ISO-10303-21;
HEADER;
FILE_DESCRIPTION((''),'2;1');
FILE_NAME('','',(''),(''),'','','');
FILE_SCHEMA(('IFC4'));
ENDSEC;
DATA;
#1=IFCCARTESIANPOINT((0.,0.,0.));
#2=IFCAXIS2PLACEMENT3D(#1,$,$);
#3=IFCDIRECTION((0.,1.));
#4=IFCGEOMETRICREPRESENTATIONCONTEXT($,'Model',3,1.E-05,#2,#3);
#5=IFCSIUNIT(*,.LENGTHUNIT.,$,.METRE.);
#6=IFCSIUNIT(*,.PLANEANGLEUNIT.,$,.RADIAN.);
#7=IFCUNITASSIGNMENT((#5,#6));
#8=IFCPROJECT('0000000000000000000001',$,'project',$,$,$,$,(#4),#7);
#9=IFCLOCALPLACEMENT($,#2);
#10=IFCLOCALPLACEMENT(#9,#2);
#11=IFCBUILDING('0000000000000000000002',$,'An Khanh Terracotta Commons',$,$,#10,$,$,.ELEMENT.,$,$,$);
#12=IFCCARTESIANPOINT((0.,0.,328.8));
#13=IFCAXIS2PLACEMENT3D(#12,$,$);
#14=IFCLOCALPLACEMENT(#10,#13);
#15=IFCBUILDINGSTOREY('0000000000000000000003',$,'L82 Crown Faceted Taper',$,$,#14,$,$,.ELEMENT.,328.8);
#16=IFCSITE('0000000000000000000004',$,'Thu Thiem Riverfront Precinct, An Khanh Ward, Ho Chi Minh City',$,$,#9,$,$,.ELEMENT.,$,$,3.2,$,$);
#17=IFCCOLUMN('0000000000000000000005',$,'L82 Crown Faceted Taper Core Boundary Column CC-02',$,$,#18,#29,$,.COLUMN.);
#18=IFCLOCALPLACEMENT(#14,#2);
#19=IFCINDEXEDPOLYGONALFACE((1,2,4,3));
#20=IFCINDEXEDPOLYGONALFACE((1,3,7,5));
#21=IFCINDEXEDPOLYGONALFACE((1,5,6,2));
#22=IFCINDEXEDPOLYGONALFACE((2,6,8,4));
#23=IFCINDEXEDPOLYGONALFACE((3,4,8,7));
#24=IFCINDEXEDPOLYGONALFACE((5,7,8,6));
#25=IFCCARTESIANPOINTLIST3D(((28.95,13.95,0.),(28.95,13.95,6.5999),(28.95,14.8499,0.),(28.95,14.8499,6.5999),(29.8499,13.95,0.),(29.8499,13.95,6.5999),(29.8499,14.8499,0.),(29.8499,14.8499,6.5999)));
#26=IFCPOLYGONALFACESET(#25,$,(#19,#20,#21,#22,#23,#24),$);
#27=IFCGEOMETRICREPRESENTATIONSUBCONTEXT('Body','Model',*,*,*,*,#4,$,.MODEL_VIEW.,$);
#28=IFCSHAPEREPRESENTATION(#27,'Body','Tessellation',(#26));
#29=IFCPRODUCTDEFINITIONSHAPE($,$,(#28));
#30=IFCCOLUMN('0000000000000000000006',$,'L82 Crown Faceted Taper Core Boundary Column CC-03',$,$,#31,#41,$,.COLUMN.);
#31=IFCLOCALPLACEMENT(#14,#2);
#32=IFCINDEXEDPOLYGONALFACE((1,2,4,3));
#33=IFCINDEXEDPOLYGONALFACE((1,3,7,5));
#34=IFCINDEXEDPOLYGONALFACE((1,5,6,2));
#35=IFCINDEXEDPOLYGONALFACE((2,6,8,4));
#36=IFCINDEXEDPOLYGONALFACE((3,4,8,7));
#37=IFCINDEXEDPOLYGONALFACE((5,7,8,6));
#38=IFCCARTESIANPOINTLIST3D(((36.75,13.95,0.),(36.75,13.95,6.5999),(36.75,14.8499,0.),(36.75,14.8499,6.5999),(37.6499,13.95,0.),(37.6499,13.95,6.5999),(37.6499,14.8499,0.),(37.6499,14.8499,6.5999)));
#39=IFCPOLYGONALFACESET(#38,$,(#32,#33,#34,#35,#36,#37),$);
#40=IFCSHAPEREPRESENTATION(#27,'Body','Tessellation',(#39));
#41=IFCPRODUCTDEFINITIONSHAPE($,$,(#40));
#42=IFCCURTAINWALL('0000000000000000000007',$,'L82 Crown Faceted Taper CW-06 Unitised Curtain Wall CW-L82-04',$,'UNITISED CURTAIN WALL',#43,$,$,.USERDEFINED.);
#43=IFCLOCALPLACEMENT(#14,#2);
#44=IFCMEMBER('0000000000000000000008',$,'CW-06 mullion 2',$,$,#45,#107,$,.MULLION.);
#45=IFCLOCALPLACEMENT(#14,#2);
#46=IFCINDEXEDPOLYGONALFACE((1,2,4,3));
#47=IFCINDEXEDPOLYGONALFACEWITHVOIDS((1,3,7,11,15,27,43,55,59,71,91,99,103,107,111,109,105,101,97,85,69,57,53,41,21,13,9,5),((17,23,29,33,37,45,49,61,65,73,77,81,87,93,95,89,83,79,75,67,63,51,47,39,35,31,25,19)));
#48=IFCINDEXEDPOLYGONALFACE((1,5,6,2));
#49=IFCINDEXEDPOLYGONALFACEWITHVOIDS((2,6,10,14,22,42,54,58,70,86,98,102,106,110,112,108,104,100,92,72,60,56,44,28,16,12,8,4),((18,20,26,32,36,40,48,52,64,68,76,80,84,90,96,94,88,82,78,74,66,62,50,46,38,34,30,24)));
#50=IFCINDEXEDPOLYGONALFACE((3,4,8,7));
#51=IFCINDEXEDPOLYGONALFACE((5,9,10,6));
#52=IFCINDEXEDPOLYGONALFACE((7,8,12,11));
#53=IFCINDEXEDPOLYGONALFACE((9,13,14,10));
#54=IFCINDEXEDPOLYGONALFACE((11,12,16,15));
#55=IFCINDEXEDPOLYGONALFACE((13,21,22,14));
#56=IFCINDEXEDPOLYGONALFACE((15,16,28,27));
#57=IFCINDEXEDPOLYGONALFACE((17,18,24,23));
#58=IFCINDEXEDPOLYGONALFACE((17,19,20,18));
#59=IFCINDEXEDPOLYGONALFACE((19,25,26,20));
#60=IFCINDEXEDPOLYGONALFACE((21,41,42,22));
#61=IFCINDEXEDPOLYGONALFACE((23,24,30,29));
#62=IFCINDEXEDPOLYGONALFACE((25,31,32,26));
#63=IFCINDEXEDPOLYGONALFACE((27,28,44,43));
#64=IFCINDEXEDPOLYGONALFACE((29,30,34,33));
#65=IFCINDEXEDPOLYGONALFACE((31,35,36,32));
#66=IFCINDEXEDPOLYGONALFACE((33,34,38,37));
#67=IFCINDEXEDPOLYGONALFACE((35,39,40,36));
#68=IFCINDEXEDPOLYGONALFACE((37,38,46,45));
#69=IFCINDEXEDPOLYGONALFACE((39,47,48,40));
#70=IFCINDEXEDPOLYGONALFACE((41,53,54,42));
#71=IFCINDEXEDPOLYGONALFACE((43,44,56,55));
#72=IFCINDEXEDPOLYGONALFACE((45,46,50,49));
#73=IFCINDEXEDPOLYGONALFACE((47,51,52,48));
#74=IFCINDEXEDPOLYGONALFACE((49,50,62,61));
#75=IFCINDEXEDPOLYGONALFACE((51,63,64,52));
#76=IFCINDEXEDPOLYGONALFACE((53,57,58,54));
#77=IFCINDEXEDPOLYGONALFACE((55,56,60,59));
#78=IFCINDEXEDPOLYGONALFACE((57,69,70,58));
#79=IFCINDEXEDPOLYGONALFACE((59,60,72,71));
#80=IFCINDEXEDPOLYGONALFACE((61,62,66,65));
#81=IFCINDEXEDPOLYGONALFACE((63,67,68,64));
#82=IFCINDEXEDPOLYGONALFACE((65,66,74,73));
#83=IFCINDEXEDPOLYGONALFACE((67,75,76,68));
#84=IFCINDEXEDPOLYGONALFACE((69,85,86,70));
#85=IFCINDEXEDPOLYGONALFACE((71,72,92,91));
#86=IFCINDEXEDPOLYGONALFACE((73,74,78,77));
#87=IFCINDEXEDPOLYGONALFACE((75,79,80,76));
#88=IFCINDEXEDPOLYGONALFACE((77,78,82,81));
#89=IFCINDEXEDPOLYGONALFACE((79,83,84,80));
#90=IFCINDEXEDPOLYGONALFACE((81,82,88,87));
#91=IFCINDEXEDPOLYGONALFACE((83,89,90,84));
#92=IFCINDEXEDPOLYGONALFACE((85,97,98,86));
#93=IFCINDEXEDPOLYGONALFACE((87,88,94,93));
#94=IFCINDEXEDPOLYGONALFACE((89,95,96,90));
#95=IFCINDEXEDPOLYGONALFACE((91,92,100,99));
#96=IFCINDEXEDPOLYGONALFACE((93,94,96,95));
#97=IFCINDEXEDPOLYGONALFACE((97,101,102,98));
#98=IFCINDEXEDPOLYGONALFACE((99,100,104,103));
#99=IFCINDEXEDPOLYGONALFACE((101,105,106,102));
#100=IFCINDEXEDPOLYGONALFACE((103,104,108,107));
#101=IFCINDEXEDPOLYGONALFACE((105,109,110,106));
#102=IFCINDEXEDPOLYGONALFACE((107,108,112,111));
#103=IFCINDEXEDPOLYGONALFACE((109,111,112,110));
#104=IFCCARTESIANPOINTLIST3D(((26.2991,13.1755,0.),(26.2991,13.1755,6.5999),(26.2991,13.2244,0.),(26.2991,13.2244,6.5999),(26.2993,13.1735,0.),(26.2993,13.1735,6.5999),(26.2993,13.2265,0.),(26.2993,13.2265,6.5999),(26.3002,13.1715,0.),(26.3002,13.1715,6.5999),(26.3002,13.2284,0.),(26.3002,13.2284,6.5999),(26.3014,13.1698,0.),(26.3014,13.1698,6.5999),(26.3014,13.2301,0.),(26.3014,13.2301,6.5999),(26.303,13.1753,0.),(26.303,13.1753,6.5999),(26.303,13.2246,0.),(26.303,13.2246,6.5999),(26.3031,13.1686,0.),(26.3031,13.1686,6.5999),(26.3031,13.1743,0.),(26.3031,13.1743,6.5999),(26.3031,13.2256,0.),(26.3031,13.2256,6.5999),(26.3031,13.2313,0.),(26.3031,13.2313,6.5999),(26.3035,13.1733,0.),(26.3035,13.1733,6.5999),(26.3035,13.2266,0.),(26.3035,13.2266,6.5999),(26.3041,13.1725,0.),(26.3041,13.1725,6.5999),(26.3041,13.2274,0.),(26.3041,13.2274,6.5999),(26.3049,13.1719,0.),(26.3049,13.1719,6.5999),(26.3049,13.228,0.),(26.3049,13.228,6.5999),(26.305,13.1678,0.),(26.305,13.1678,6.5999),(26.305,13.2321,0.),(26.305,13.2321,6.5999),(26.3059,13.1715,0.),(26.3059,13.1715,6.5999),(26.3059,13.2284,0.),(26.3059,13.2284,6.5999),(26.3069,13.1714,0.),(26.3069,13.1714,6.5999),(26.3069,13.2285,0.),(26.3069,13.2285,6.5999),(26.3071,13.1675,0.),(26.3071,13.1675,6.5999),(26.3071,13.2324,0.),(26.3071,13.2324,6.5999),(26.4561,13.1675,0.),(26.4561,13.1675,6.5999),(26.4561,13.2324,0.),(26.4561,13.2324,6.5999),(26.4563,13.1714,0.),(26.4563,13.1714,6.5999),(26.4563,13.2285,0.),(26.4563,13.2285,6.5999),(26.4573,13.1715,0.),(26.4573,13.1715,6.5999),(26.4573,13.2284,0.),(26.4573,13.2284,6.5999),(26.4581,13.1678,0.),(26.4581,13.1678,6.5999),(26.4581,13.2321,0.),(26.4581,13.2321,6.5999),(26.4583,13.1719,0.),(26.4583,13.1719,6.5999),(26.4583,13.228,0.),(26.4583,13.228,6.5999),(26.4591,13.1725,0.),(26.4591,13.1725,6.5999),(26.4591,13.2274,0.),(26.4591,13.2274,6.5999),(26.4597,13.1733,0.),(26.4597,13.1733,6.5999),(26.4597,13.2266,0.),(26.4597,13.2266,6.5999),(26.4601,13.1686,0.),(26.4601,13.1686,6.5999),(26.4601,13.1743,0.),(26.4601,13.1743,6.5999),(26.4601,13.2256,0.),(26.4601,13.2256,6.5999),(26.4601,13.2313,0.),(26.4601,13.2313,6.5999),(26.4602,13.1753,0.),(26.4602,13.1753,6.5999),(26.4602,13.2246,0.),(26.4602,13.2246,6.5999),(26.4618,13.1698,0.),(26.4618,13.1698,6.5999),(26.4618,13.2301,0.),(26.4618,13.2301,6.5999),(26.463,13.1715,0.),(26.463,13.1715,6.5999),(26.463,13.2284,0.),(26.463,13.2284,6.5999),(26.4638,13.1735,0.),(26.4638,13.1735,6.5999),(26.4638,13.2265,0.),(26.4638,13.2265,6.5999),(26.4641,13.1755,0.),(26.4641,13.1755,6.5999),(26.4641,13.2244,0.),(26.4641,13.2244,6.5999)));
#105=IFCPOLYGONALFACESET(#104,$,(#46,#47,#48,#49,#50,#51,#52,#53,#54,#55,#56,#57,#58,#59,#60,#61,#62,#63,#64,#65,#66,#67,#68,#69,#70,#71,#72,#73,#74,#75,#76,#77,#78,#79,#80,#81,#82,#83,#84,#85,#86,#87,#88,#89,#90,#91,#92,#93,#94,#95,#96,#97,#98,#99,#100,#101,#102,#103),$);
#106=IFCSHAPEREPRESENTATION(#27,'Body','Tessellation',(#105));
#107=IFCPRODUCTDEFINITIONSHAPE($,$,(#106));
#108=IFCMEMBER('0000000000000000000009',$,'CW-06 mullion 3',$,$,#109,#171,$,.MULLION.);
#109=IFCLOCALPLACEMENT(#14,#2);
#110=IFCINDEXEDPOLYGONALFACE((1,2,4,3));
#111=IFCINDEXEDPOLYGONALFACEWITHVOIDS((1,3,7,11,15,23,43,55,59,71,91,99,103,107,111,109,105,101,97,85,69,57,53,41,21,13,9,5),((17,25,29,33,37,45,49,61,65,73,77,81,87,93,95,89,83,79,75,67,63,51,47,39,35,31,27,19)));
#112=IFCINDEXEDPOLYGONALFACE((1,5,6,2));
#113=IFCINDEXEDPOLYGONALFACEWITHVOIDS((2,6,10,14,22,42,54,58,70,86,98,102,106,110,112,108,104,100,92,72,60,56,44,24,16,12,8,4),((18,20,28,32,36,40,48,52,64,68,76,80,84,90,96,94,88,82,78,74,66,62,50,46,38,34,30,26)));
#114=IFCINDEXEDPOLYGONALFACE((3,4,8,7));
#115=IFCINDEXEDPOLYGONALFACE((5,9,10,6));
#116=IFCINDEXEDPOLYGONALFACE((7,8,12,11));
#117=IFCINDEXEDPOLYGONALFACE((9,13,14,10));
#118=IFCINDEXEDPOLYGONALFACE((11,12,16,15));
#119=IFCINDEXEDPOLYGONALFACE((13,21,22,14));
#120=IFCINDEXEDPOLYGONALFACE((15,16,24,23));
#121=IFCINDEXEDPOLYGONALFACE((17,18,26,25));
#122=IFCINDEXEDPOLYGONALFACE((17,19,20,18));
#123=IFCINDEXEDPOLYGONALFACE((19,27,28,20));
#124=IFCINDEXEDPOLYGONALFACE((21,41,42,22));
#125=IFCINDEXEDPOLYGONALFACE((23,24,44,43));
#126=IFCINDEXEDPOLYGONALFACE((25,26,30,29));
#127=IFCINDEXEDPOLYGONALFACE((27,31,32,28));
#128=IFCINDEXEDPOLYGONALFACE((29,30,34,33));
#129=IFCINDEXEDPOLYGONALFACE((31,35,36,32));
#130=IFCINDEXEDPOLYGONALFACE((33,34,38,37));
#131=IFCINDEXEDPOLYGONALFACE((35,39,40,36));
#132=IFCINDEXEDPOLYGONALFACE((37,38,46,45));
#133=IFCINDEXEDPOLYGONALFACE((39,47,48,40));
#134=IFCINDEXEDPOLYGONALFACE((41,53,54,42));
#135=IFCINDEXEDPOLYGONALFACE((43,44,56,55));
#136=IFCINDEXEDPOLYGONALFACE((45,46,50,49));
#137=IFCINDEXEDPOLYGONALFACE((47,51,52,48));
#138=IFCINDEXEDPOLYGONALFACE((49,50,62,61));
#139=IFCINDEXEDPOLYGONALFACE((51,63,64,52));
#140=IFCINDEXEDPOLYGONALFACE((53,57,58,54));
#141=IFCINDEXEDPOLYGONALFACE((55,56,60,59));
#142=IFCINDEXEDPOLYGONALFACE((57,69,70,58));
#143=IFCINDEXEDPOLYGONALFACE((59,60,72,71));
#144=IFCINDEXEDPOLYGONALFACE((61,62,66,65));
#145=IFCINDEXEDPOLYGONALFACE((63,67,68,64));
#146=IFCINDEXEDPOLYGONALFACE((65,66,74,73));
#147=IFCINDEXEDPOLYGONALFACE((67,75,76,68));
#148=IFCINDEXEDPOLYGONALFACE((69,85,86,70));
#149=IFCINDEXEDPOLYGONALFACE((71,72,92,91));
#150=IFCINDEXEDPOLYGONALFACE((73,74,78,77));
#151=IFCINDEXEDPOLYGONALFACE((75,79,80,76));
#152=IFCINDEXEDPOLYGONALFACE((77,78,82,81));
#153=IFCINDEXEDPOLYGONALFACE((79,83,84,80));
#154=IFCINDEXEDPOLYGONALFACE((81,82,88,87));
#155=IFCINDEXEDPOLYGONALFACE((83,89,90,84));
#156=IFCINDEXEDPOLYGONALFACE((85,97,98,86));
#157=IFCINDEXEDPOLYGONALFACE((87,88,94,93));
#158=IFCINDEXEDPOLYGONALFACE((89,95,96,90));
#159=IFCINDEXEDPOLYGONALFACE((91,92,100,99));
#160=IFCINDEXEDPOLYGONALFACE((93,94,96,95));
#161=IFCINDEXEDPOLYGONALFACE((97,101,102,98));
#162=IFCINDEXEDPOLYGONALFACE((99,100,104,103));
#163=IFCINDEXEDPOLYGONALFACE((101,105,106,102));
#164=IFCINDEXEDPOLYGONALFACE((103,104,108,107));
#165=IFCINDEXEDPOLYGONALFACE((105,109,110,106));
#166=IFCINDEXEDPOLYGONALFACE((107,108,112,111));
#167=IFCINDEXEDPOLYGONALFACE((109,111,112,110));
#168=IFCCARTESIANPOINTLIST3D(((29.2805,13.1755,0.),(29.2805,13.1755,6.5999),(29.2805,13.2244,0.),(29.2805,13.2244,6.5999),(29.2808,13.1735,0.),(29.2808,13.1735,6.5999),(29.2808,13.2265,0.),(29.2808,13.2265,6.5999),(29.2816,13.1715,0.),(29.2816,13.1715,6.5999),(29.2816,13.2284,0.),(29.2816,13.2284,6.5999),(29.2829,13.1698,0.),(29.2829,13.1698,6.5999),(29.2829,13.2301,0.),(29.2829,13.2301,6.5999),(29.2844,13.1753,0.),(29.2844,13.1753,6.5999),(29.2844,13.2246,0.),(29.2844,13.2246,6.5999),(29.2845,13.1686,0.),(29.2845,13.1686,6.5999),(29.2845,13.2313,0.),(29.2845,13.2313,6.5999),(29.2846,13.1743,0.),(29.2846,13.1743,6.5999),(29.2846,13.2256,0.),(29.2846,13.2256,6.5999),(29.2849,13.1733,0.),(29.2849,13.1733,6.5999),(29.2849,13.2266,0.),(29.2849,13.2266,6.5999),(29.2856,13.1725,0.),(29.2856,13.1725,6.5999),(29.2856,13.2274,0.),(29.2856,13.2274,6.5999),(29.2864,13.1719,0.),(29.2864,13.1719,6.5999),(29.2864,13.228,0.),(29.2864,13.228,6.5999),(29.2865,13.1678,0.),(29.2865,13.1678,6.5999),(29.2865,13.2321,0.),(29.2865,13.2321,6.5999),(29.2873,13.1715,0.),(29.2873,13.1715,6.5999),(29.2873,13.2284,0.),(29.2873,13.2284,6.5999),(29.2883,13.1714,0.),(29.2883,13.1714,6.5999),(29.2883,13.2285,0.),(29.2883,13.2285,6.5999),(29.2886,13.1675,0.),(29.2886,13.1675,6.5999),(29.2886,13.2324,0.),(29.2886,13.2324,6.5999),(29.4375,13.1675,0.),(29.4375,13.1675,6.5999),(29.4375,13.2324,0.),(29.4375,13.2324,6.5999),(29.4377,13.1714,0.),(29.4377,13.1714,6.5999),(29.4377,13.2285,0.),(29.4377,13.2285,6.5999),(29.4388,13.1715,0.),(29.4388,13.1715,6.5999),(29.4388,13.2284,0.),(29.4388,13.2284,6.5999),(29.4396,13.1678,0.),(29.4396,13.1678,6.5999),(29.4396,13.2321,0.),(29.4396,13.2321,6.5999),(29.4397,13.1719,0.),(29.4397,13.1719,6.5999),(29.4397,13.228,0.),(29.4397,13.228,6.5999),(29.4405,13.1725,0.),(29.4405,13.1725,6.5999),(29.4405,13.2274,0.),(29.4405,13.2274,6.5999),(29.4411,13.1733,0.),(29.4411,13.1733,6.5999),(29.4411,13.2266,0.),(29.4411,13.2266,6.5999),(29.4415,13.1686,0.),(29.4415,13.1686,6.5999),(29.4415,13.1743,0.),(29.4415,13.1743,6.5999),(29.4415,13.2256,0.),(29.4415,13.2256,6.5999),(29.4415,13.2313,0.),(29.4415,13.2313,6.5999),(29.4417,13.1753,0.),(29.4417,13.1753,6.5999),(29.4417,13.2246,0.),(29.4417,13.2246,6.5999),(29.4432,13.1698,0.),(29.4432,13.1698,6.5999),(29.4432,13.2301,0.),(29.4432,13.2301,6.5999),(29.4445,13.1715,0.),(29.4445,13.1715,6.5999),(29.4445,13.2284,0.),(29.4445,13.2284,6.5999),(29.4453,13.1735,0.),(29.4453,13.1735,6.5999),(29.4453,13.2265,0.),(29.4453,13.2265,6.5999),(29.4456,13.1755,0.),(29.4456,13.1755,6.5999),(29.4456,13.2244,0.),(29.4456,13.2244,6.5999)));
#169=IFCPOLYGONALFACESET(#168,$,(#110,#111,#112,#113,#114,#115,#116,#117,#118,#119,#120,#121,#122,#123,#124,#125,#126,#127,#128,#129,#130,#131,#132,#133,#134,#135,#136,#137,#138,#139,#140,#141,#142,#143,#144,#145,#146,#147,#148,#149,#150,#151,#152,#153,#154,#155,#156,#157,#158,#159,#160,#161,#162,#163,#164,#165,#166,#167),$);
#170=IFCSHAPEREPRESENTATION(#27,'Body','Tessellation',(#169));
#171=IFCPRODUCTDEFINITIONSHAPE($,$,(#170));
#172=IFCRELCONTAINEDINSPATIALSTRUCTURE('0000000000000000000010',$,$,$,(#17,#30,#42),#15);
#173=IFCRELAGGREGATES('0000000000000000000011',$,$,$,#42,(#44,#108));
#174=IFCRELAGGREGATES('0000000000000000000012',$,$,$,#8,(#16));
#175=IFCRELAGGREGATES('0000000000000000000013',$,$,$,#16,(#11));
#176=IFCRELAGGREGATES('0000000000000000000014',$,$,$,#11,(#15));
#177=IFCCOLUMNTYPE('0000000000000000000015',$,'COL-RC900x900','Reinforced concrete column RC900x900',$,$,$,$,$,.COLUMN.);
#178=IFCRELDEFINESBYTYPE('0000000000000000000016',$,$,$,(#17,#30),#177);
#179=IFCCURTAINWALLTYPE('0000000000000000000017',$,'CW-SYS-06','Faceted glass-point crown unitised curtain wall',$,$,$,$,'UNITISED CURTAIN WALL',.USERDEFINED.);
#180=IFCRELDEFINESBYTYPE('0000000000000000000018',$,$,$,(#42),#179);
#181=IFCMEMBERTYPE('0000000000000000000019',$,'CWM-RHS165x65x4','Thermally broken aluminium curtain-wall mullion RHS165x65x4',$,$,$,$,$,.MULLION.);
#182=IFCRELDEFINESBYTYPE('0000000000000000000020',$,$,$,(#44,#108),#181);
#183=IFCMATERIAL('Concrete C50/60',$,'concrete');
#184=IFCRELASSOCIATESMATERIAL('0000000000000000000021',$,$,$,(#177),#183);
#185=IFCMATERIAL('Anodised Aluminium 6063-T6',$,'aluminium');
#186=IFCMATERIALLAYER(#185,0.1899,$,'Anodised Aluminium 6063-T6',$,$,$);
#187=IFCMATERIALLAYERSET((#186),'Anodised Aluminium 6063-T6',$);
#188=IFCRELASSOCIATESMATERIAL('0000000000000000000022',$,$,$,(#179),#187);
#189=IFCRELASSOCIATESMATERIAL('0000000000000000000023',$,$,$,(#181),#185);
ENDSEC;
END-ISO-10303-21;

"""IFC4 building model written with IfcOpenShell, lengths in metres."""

from ifc_helpers import new_model, si_unit, direction, frame, origin, origin_2d, place, context, subcontext, project, spatial, rectangle, hollow_rectangle, extrude, material, layer, layer_set, material_profile, profile_set, type_object, element, aggregate, save


model = new_model("IFC4")

# Units and contexts
model_context = context("Model", 3, precision=1e-05, world=origin(), true_north=direction((0.0, 1.0)))
body_context = subcontext(model_context, "Body", "Model", "MODEL_VIEW")
ifc_project = project(units=[si_unit("LENGTHUNIT", "METRE"), si_unit("PLANEANGLEUNIT", "RADIAN")], contexts=[model_context])

# Site, building, storey
site_placement = place(None, origin())
site = spatial("IfcSite", under=ifc_project, at=site_placement, Name="Thu Thiem Riverfront Precinct, An Khanh Ward, Ho Chi Minh City", CompositionType="ELEMENT", RefElevation=3.2)
building_placement = place(site_placement, origin())
building = spatial("IfcBuilding", under=site, at=building_placement, Name="An Khanh Terracotta Commons", CompositionType="ELEMENT")
storey_placement = place(building_placement, frame((0.0, 0.0, 328.8)))
storey = spatial("IfcBuildingStorey", under=building, at=storey_placement, Name="L82 Crown Faceted Taper", CompositionType="ELEMENT", Elevation=328.8)

# Columns
ifc_material_1 = material(Name="Concrete C50/60", Category="concrete")
ifc_material_profile_1 = material_profile(ifc_material_1, rectangle(XDim=0.8999, YDim=0.8999, at=origin_2d()), Name="RC900x900")
ifc_profile_set_1 = profile_set([ifc_material_profile_1], Name="Concrete C50/60")
column_type = type_object("IfcColumnType", Name="COL-RC900x900", Description="Reinforced concrete column RC900x900", PredefinedType="COLUMN", material=ifc_profile_set_1)
for number, where, z_axis, x_axis, name in (
    (1, (29.3999, 14.3999, 0.0), (0.0, 0.0, 1.0), (1.0, 0.0, 0.0), "L82 Crown Faceted Taper Core Boundary Column CC-02"),
    (2, (37.2, 14.3999, 0.0), (0.0, 0.0, 1.0), (1.0, 0.0, 0.0), "L82 Crown Faceted Taper Core Boundary Column CC-03"),
):
    element("IfcColumn", number, at=place(storey_placement, frame(where, z_axis=z_axis, x_axis=x_axis)), inside=storey, type_object=column_type, Name=name, PredefinedType="COLUMN", context=body_context, shape_type="SweptSolid", body=[
        extrude(rectangle(XDim=0.8999, YDim=0.8999, at=origin_2d()), origin(), (0.0, 0.0, 1.0), 6.5999),
    ])

# Curtain wall, members
ifc_material_2 = material(Name="Anodised Aluminium 6063-T6", Category="aluminium")
ifc_layer_1 = layer(ifc_material_2, 0.1899, Name="Anodised Aluminium 6063-T6")
ifc_layer_set_1 = layer_set([ifc_layer_1], Name="Anodised Aluminium 6063-T6")
curtain_wall_type = type_object("IfcCurtainWallType", Name="CW-SYS-06", Description="Faceted glass-point crown unitised curtain wall", ElementType="UNITISED CURTAIN WALL", PredefinedType="USERDEFINED", material=ifc_layer_set_1)
curtain_wall_placement = place(storey_placement, origin())
curtain_wall = element("IfcCurtainWall", 3, at=curtain_wall_placement, inside=storey, type_object=curtain_wall_type, Name="L82 Crown Faceted Taper CW-06 Unitised Curtain Wall CW-L82-04", ObjectType="UNITISED CURTAIN WALL", PredefinedType="USERDEFINED")
ifc_material_profile_2 = material_profile(ifc_material_2, hollow_rectangle(XDim=0.0649, YDim=0.165, WallThickness=0.0039, InnerFilletRadius=0.0039, OuterFilletRadius=0.0081, at=origin_2d()), Name="RHS165x65x4")
ifc_profile_set_2 = profile_set([ifc_material_profile_2], Name="Anodised Aluminium 6063-T6")
member_type_1 = type_object("IfcMemberType", Name="CWM-RHS165x65x4", Description="Thermally broken aluminium curtain-wall mullion RHS165x65x4", PredefinedType="MULLION", material=ifc_profile_set_2)
member_1_placement = place(storey_placement, frame((26.3816, 13.2, 0.0), z_axis=(0.0, 0.0, 1.0), x_axis=(0.0, 1.0, 0.0)))
member_1 = element("IfcMember", 4, at=member_1_placement, type_object=member_type_1, Name="CW-06 mullion 2", PredefinedType="MULLION", context=body_context, shape_type="SweptSolid", body=[
    extrude(hollow_rectangle(XDim=0.0649, YDim=0.165, WallThickness=0.0039, InnerFilletRadius=0.0039, OuterFilletRadius=0.0081, at=origin_2d()), origin(), (0.0, 0.0, 1.0), 6.5999),
])
member_2_placement = place(storey_placement, frame((29.363, 13.2, 0.0), z_axis=(0.0, 0.0, 1.0), x_axis=(0.0, 1.0, 0.0)))
member_2 = element("IfcMember", 5, at=member_2_placement, type_object=member_type_1, Name="CW-06 mullion 3", PredefinedType="MULLION", context=body_context, shape_type="SweptSolid", body=[
    extrude(hollow_rectangle(XDim=0.0649, YDim=0.165, WallThickness=0.0039, InnerFilletRadius=0.0039, OuterFilletRadius=0.0081, at=origin_2d()), origin(), (0.0, 0.0, 1.0), 6.5999),
])
aggregate(curtain_wall, [member_1, member_2])

save(model, "model.ifc")
